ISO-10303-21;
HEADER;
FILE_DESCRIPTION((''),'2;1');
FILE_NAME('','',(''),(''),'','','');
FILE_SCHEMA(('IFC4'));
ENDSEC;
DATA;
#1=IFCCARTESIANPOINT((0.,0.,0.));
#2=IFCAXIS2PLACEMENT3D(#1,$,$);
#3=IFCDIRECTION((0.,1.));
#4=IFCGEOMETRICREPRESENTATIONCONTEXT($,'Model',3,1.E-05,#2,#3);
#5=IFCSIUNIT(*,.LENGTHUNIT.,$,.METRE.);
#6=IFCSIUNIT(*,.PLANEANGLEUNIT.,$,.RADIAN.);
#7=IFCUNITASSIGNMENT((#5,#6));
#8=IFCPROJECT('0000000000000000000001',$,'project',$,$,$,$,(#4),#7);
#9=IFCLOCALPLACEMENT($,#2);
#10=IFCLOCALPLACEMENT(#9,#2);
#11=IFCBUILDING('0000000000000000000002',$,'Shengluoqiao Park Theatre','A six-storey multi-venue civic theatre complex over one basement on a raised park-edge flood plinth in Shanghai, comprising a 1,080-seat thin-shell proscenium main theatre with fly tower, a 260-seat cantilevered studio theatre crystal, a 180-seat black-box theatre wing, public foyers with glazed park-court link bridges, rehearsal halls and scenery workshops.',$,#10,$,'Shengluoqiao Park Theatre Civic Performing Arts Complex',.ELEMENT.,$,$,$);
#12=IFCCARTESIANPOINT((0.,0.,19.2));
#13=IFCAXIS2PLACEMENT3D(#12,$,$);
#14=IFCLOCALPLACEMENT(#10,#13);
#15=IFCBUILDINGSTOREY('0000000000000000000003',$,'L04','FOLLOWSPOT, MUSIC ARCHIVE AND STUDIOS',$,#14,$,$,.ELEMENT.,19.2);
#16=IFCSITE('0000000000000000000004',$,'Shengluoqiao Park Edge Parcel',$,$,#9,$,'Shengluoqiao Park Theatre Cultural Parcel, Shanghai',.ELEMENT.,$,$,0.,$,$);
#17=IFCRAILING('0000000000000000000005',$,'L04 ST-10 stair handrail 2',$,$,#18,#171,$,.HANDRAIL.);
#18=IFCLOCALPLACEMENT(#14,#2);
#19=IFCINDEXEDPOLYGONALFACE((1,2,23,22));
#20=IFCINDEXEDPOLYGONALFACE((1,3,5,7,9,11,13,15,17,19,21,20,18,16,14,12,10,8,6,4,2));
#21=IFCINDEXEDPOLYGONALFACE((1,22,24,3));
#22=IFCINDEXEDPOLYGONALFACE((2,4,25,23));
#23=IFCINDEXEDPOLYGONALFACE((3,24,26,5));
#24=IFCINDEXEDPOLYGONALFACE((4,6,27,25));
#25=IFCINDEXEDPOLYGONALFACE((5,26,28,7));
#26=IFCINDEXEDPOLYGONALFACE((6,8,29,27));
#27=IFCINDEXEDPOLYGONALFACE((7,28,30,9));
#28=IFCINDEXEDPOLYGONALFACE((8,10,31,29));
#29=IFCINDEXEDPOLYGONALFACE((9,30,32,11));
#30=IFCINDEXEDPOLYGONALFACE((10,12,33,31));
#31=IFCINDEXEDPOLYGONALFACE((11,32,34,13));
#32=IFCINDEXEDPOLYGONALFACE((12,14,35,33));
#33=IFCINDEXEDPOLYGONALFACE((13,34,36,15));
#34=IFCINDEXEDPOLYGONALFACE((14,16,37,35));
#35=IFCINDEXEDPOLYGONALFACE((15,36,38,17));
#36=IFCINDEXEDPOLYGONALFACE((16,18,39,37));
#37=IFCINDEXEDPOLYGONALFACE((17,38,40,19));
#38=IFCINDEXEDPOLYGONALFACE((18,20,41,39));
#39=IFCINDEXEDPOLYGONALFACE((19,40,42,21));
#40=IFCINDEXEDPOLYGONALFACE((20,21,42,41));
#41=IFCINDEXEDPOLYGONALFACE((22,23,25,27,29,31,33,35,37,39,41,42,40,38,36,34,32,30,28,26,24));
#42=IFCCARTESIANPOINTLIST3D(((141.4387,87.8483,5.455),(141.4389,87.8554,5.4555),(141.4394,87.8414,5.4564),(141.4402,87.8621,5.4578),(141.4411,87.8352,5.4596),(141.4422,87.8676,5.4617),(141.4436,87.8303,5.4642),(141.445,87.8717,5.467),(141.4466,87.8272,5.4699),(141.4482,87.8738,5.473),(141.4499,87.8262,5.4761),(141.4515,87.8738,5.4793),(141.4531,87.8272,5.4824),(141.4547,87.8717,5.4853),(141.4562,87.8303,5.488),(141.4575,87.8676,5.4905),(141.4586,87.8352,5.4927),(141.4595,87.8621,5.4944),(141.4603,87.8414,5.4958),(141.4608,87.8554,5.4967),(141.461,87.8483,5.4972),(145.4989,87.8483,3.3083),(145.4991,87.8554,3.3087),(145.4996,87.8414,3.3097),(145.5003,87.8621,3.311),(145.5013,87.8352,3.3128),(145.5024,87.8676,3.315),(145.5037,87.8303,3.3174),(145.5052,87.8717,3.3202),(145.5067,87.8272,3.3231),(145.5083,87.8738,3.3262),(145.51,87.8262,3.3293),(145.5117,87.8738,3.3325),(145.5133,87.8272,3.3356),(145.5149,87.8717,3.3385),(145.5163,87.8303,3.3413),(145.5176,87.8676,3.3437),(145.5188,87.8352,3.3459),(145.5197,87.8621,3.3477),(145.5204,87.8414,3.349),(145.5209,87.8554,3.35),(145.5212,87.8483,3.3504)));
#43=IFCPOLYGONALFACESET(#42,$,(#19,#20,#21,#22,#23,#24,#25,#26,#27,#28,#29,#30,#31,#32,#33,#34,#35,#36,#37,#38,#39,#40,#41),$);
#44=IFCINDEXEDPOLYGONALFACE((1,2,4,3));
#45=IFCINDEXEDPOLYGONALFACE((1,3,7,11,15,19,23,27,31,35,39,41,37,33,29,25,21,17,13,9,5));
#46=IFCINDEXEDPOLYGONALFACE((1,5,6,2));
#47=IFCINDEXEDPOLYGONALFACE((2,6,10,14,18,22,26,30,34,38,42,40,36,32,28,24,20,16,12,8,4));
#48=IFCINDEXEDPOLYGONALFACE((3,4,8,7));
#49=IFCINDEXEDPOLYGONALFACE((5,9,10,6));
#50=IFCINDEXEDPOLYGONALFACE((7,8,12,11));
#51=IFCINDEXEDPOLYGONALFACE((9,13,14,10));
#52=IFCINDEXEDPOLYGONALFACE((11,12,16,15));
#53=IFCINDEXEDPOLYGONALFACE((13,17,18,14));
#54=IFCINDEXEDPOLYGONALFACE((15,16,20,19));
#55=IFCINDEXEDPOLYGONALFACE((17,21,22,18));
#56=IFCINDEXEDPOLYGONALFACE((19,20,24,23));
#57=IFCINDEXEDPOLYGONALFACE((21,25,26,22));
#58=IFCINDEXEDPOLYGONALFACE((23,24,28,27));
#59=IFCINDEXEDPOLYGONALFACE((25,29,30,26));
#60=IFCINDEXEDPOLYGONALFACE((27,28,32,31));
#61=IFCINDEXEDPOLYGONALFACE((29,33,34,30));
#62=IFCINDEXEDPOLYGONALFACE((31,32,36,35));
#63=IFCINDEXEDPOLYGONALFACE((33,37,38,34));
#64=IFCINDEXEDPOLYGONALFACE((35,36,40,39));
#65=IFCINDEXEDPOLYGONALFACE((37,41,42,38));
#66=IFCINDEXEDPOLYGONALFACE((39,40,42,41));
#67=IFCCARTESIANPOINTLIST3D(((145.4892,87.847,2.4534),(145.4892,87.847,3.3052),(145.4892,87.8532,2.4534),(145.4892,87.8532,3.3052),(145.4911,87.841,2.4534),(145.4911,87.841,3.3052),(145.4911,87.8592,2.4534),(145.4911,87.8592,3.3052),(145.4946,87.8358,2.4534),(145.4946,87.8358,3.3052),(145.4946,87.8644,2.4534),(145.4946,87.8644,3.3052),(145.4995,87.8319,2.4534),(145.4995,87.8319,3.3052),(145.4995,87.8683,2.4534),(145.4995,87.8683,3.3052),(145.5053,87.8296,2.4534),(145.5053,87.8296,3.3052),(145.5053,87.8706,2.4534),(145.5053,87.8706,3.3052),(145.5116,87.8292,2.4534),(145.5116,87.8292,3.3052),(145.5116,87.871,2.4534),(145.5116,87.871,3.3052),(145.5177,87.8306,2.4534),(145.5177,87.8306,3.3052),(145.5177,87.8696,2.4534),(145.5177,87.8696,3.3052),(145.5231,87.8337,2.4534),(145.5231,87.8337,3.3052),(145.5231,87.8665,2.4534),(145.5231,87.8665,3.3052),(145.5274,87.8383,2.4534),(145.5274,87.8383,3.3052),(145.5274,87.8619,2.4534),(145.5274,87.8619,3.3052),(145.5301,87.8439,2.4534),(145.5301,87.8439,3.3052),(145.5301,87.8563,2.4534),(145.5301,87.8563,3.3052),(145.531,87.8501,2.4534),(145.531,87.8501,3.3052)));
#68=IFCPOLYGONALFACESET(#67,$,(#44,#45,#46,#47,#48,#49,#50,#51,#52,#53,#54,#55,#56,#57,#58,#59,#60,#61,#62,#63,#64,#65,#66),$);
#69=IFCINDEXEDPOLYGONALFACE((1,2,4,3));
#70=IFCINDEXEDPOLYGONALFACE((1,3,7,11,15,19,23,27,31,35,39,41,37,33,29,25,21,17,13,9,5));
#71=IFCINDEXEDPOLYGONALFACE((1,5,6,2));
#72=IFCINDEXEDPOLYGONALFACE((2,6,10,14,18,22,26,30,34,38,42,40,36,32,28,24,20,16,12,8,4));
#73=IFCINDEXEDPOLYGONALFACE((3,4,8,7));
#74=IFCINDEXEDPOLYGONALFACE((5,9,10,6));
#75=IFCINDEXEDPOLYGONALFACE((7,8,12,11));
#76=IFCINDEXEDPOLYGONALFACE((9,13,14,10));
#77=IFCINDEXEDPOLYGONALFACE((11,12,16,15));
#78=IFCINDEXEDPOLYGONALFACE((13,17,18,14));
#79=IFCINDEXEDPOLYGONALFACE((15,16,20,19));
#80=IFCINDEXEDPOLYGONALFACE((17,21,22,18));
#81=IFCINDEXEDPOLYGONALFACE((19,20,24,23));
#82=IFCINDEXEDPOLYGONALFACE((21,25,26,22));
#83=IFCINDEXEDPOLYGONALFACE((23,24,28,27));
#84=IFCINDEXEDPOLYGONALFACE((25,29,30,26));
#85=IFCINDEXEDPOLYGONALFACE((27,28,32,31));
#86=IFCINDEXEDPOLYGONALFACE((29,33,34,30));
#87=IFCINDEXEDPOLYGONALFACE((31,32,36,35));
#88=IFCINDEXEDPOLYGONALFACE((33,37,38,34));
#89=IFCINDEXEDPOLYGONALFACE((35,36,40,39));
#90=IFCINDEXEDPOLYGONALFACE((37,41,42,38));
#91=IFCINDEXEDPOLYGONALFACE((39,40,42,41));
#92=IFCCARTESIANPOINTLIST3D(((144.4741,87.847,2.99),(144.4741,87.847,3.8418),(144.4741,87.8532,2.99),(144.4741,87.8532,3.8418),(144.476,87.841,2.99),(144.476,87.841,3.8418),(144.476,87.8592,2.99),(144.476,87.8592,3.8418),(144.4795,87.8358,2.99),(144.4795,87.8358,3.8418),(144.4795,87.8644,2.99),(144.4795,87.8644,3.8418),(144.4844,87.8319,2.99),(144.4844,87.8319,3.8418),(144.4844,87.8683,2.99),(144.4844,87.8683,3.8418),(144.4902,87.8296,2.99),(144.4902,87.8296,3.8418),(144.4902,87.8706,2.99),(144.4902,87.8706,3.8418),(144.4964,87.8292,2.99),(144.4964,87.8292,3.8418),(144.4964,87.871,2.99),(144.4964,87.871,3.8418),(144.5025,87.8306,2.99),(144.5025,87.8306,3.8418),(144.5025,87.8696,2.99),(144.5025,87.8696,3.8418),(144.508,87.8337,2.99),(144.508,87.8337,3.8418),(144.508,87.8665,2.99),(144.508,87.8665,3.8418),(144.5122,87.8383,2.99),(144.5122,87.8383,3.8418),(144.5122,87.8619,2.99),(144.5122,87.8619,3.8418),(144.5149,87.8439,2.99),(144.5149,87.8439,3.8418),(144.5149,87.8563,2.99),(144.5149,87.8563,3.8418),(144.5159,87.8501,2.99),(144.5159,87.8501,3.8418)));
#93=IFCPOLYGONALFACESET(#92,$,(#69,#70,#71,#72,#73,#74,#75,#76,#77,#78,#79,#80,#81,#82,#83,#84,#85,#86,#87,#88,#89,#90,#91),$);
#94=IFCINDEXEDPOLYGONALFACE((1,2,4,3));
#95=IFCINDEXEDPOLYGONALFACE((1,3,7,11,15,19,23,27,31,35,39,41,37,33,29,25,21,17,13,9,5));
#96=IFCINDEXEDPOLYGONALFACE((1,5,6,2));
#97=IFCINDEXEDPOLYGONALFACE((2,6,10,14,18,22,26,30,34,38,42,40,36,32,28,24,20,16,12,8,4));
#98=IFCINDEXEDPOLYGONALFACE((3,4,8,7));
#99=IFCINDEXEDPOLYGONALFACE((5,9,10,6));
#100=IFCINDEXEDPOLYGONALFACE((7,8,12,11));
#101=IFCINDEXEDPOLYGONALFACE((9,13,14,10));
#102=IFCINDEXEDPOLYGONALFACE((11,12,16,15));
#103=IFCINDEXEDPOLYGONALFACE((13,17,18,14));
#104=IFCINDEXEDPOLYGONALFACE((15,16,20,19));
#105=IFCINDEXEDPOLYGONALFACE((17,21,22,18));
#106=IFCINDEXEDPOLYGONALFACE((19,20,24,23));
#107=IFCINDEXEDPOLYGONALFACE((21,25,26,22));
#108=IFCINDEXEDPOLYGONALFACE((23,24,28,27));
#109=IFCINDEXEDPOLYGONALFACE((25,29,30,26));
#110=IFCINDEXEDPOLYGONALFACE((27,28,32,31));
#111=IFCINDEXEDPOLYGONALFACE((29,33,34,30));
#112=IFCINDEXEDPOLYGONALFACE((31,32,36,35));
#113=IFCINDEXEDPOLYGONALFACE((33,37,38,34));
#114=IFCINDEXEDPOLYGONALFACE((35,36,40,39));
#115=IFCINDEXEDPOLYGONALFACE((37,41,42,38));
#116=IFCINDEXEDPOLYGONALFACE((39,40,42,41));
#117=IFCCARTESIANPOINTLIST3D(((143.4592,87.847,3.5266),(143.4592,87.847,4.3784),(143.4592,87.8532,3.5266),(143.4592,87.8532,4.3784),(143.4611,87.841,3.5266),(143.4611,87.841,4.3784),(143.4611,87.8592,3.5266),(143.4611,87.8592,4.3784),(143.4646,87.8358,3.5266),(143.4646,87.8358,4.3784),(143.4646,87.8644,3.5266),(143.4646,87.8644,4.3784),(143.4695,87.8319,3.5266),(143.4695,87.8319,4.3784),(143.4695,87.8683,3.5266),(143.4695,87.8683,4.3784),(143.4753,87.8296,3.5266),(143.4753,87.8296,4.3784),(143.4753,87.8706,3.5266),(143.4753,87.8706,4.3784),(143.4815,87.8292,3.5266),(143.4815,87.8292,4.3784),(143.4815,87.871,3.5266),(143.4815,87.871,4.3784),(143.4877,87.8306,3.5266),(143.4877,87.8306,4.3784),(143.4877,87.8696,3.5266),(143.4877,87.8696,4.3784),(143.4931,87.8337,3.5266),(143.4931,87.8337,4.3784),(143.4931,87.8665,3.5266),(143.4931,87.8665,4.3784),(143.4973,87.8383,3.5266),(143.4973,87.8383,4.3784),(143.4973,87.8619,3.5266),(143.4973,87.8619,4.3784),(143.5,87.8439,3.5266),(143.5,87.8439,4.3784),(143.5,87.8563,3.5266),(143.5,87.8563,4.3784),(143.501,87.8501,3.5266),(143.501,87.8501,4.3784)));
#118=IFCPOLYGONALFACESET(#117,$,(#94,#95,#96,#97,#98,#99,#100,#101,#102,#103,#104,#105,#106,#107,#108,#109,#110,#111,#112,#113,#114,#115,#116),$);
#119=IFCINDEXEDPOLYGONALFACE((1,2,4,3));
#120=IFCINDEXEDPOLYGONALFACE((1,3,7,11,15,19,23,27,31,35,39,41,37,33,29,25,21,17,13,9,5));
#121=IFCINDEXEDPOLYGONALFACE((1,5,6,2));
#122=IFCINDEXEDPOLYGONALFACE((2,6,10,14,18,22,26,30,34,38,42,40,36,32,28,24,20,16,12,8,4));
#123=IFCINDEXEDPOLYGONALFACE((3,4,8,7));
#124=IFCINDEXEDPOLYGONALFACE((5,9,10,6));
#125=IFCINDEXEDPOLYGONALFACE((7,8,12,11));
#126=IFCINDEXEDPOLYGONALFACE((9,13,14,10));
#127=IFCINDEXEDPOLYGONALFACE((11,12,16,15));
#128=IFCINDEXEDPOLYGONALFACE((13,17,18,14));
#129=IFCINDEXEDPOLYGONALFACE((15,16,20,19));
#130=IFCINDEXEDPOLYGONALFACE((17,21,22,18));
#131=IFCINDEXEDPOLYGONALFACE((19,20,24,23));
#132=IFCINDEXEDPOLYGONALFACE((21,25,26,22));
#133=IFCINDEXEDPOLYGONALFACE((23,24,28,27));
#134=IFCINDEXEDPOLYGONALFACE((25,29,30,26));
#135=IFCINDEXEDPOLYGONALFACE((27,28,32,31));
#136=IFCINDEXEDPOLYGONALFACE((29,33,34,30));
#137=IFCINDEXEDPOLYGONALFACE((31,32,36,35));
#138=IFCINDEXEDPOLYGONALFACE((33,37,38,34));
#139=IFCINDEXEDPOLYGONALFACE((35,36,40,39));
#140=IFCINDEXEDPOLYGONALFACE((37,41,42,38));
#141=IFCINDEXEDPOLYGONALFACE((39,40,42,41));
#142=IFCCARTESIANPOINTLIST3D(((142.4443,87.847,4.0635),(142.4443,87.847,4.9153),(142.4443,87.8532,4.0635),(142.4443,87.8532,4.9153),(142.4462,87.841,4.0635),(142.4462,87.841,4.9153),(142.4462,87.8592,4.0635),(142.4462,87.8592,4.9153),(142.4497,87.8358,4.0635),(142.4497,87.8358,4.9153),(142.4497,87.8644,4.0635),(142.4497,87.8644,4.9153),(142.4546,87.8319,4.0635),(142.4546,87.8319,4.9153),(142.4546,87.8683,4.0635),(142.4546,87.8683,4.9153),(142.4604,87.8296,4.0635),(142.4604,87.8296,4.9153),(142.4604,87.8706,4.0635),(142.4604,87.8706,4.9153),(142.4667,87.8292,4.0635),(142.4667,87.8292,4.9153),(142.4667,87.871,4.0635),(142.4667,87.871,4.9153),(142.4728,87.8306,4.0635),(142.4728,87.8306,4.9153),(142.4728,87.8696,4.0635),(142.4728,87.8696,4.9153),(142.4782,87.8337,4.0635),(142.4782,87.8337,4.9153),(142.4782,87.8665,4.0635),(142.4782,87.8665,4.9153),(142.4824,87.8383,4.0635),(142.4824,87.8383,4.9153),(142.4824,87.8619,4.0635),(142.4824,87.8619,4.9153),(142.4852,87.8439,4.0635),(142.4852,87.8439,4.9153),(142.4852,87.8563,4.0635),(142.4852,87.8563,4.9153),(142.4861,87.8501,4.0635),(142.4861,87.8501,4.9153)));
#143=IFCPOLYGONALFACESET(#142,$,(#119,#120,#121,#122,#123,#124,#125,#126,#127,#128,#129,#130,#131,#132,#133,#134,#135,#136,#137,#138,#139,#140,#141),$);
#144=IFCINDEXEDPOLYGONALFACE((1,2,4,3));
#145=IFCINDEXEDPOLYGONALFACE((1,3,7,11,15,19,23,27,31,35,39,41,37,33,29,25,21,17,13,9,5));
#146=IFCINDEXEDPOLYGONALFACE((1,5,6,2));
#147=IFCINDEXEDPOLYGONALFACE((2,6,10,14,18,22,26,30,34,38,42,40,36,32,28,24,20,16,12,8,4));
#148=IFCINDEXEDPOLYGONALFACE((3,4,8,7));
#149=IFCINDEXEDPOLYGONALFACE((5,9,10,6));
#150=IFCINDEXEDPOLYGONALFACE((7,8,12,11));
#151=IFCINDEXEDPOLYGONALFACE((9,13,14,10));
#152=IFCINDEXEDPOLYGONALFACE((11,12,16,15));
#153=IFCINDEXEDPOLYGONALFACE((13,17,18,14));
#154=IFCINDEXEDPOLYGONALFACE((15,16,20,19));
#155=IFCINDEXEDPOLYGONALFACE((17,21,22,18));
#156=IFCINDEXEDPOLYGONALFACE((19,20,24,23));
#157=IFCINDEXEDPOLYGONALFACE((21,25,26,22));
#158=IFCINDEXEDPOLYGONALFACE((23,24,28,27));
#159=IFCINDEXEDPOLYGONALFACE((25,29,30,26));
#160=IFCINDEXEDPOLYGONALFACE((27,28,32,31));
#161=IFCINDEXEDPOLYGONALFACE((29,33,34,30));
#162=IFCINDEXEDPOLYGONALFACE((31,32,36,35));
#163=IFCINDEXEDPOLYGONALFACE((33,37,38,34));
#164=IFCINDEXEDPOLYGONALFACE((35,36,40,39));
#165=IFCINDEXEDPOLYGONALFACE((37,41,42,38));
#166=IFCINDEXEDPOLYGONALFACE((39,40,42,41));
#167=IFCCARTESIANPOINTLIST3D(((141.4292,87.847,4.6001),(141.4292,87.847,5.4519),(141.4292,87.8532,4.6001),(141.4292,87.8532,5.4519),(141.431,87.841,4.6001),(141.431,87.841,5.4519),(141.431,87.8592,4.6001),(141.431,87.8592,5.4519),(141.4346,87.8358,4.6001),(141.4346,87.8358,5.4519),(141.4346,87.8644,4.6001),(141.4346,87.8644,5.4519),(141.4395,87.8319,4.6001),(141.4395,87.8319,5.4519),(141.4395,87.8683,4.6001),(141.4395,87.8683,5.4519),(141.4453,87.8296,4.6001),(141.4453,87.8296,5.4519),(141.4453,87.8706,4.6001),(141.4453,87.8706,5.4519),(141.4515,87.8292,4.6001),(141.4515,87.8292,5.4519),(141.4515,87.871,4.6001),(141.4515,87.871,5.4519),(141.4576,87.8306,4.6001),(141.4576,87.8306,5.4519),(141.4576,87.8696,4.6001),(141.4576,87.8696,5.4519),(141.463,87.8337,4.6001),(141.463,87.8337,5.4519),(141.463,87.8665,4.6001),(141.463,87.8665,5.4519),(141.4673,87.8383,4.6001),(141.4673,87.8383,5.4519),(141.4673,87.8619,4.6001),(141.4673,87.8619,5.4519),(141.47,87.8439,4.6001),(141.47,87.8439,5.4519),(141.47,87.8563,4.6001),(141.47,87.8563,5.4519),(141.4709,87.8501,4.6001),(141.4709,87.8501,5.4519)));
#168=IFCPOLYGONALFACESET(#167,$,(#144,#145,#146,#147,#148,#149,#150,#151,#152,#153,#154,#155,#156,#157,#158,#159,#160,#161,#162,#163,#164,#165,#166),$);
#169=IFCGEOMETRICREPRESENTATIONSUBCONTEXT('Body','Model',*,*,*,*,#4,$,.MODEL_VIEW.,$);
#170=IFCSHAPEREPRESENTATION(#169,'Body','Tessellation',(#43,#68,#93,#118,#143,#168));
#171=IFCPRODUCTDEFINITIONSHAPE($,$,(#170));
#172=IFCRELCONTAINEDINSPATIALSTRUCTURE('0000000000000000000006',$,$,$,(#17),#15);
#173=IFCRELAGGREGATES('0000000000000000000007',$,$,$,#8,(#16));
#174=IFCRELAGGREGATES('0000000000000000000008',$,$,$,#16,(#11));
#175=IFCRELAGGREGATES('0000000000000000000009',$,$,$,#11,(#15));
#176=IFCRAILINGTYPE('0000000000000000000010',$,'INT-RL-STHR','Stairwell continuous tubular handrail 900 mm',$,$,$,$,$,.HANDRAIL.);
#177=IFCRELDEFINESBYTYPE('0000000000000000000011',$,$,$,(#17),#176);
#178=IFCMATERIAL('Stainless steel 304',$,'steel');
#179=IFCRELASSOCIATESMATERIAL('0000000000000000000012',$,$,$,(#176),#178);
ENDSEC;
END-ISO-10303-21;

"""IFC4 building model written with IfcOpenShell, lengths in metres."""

from ifc_helpers import new_model, si_unit, direction, frame, origin, origin_2d, place, context, subcontext, project, spatial, circle, extrude, material, type_object, element, save


model = new_model("IFC4")

# Units and contexts
model_context = context("Model", 3, precision=1e-05, world=origin(), true_north=direction((0.0, 1.0)))
body_context = subcontext(model_context, "Body", "Model", "MODEL_VIEW")
ifc_project = project(units=[si_unit("LENGTHUNIT", "METRE"), si_unit("PLANEANGLEUNIT", "RADIAN")], contexts=[model_context])

# Site, building, storey
site_placement = place(None, origin())
site = spatial("IfcSite", under=ifc_project, at=site_placement, Name="Shengluoqiao Park Edge Parcel", LongName="Shengluoqiao Park Theatre Cultural Parcel, Shanghai", CompositionType="ELEMENT", RefElevation=0.0)
building_placement = place(site_placement, origin())
building = spatial("IfcBuilding", under=site, at=building_placement, Name="Shengluoqiao Park Theatre", Description="A six-storey multi-venue civic theatre complex over one basement on a raised park-edge flood plinth in Shanghai, comprising a 1,080-seat thin-shell proscenium main theatre with fly tower, a 260-seat cantilevered studio theatre crystal, a 180-seat black-box theatre wing, public foyers with glazed park-court link bridges, rehearsal halls and scenery workshops.", LongName="Shengluoqiao Park Theatre Civic Performing Arts Complex", CompositionType="ELEMENT")
storey_placement = place(building_placement, frame((0.0, 0.0, 19.2)))
storey = spatial("IfcBuildingStorey", under=building, at=storey_placement, Name="L04", Description="FOLLOWSPOT, MUSIC ARCHIVE AND STUDIOS", CompositionType="ELEMENT", Elevation=19.2)

# Railing
ifc_material_1 = material(Name="Stainless steel 304", Category="steel")
railing_type_1 = type_object("IfcRailingType", Name="INT-RL-STHR", Description="Stairwell continuous tubular handrail 900 mm", PredefinedType="HANDRAIL", material=ifc_material_1)
railing_1_placement = place(storey_placement, frame((145.51, 87.8501, 2.4534)))
element("IfcRailing", 1, at=railing_1_placement, inside=storey, type_object=railing_type_1, Name="L04 ST-10 stair handrail 2", PredefinedType="HANDRAIL", context=body_context, shape_type="SweptSolid", body=[
    extrude(circle(Radius=0.0239, at=origin_2d()), frame((0.0, 0.0, 0.876), z_axis=(-0.884032, 0.0, 0.467426), x_axis=(0.0, -1.0, 0.0)), (0.0, 0.0, 1.0), 4.5928),
    extrude(circle(Radius=0.021, at=origin_2d()), origin(), (0.0, 0.0, 1.0), 0.8518),
    extrude(circle(Radius=0.021, at=origin_2d()), frame((-1.0151, 0.0, 0.5366)), (0.0, 0.0, 1.0), 0.8518),
    extrude(circle(Radius=0.021, at=origin_2d()), frame((-2.03, 0.0, 1.0732)), (0.0, 0.0, 1.0), 0.8518),
    extrude(circle(Radius=0.021, at=origin_2d()), frame((-3.0449, 0.0, 1.6101)), (0.0, 0.0, 1.0), 0.8518),
    extrude(circle(Radius=0.021, at=origin_2d()), frame((-4.0601, 0.0, 2.1467)), (0.0, 0.0, 1.0), 0.8518),
])

save(model, "model.ifc")
